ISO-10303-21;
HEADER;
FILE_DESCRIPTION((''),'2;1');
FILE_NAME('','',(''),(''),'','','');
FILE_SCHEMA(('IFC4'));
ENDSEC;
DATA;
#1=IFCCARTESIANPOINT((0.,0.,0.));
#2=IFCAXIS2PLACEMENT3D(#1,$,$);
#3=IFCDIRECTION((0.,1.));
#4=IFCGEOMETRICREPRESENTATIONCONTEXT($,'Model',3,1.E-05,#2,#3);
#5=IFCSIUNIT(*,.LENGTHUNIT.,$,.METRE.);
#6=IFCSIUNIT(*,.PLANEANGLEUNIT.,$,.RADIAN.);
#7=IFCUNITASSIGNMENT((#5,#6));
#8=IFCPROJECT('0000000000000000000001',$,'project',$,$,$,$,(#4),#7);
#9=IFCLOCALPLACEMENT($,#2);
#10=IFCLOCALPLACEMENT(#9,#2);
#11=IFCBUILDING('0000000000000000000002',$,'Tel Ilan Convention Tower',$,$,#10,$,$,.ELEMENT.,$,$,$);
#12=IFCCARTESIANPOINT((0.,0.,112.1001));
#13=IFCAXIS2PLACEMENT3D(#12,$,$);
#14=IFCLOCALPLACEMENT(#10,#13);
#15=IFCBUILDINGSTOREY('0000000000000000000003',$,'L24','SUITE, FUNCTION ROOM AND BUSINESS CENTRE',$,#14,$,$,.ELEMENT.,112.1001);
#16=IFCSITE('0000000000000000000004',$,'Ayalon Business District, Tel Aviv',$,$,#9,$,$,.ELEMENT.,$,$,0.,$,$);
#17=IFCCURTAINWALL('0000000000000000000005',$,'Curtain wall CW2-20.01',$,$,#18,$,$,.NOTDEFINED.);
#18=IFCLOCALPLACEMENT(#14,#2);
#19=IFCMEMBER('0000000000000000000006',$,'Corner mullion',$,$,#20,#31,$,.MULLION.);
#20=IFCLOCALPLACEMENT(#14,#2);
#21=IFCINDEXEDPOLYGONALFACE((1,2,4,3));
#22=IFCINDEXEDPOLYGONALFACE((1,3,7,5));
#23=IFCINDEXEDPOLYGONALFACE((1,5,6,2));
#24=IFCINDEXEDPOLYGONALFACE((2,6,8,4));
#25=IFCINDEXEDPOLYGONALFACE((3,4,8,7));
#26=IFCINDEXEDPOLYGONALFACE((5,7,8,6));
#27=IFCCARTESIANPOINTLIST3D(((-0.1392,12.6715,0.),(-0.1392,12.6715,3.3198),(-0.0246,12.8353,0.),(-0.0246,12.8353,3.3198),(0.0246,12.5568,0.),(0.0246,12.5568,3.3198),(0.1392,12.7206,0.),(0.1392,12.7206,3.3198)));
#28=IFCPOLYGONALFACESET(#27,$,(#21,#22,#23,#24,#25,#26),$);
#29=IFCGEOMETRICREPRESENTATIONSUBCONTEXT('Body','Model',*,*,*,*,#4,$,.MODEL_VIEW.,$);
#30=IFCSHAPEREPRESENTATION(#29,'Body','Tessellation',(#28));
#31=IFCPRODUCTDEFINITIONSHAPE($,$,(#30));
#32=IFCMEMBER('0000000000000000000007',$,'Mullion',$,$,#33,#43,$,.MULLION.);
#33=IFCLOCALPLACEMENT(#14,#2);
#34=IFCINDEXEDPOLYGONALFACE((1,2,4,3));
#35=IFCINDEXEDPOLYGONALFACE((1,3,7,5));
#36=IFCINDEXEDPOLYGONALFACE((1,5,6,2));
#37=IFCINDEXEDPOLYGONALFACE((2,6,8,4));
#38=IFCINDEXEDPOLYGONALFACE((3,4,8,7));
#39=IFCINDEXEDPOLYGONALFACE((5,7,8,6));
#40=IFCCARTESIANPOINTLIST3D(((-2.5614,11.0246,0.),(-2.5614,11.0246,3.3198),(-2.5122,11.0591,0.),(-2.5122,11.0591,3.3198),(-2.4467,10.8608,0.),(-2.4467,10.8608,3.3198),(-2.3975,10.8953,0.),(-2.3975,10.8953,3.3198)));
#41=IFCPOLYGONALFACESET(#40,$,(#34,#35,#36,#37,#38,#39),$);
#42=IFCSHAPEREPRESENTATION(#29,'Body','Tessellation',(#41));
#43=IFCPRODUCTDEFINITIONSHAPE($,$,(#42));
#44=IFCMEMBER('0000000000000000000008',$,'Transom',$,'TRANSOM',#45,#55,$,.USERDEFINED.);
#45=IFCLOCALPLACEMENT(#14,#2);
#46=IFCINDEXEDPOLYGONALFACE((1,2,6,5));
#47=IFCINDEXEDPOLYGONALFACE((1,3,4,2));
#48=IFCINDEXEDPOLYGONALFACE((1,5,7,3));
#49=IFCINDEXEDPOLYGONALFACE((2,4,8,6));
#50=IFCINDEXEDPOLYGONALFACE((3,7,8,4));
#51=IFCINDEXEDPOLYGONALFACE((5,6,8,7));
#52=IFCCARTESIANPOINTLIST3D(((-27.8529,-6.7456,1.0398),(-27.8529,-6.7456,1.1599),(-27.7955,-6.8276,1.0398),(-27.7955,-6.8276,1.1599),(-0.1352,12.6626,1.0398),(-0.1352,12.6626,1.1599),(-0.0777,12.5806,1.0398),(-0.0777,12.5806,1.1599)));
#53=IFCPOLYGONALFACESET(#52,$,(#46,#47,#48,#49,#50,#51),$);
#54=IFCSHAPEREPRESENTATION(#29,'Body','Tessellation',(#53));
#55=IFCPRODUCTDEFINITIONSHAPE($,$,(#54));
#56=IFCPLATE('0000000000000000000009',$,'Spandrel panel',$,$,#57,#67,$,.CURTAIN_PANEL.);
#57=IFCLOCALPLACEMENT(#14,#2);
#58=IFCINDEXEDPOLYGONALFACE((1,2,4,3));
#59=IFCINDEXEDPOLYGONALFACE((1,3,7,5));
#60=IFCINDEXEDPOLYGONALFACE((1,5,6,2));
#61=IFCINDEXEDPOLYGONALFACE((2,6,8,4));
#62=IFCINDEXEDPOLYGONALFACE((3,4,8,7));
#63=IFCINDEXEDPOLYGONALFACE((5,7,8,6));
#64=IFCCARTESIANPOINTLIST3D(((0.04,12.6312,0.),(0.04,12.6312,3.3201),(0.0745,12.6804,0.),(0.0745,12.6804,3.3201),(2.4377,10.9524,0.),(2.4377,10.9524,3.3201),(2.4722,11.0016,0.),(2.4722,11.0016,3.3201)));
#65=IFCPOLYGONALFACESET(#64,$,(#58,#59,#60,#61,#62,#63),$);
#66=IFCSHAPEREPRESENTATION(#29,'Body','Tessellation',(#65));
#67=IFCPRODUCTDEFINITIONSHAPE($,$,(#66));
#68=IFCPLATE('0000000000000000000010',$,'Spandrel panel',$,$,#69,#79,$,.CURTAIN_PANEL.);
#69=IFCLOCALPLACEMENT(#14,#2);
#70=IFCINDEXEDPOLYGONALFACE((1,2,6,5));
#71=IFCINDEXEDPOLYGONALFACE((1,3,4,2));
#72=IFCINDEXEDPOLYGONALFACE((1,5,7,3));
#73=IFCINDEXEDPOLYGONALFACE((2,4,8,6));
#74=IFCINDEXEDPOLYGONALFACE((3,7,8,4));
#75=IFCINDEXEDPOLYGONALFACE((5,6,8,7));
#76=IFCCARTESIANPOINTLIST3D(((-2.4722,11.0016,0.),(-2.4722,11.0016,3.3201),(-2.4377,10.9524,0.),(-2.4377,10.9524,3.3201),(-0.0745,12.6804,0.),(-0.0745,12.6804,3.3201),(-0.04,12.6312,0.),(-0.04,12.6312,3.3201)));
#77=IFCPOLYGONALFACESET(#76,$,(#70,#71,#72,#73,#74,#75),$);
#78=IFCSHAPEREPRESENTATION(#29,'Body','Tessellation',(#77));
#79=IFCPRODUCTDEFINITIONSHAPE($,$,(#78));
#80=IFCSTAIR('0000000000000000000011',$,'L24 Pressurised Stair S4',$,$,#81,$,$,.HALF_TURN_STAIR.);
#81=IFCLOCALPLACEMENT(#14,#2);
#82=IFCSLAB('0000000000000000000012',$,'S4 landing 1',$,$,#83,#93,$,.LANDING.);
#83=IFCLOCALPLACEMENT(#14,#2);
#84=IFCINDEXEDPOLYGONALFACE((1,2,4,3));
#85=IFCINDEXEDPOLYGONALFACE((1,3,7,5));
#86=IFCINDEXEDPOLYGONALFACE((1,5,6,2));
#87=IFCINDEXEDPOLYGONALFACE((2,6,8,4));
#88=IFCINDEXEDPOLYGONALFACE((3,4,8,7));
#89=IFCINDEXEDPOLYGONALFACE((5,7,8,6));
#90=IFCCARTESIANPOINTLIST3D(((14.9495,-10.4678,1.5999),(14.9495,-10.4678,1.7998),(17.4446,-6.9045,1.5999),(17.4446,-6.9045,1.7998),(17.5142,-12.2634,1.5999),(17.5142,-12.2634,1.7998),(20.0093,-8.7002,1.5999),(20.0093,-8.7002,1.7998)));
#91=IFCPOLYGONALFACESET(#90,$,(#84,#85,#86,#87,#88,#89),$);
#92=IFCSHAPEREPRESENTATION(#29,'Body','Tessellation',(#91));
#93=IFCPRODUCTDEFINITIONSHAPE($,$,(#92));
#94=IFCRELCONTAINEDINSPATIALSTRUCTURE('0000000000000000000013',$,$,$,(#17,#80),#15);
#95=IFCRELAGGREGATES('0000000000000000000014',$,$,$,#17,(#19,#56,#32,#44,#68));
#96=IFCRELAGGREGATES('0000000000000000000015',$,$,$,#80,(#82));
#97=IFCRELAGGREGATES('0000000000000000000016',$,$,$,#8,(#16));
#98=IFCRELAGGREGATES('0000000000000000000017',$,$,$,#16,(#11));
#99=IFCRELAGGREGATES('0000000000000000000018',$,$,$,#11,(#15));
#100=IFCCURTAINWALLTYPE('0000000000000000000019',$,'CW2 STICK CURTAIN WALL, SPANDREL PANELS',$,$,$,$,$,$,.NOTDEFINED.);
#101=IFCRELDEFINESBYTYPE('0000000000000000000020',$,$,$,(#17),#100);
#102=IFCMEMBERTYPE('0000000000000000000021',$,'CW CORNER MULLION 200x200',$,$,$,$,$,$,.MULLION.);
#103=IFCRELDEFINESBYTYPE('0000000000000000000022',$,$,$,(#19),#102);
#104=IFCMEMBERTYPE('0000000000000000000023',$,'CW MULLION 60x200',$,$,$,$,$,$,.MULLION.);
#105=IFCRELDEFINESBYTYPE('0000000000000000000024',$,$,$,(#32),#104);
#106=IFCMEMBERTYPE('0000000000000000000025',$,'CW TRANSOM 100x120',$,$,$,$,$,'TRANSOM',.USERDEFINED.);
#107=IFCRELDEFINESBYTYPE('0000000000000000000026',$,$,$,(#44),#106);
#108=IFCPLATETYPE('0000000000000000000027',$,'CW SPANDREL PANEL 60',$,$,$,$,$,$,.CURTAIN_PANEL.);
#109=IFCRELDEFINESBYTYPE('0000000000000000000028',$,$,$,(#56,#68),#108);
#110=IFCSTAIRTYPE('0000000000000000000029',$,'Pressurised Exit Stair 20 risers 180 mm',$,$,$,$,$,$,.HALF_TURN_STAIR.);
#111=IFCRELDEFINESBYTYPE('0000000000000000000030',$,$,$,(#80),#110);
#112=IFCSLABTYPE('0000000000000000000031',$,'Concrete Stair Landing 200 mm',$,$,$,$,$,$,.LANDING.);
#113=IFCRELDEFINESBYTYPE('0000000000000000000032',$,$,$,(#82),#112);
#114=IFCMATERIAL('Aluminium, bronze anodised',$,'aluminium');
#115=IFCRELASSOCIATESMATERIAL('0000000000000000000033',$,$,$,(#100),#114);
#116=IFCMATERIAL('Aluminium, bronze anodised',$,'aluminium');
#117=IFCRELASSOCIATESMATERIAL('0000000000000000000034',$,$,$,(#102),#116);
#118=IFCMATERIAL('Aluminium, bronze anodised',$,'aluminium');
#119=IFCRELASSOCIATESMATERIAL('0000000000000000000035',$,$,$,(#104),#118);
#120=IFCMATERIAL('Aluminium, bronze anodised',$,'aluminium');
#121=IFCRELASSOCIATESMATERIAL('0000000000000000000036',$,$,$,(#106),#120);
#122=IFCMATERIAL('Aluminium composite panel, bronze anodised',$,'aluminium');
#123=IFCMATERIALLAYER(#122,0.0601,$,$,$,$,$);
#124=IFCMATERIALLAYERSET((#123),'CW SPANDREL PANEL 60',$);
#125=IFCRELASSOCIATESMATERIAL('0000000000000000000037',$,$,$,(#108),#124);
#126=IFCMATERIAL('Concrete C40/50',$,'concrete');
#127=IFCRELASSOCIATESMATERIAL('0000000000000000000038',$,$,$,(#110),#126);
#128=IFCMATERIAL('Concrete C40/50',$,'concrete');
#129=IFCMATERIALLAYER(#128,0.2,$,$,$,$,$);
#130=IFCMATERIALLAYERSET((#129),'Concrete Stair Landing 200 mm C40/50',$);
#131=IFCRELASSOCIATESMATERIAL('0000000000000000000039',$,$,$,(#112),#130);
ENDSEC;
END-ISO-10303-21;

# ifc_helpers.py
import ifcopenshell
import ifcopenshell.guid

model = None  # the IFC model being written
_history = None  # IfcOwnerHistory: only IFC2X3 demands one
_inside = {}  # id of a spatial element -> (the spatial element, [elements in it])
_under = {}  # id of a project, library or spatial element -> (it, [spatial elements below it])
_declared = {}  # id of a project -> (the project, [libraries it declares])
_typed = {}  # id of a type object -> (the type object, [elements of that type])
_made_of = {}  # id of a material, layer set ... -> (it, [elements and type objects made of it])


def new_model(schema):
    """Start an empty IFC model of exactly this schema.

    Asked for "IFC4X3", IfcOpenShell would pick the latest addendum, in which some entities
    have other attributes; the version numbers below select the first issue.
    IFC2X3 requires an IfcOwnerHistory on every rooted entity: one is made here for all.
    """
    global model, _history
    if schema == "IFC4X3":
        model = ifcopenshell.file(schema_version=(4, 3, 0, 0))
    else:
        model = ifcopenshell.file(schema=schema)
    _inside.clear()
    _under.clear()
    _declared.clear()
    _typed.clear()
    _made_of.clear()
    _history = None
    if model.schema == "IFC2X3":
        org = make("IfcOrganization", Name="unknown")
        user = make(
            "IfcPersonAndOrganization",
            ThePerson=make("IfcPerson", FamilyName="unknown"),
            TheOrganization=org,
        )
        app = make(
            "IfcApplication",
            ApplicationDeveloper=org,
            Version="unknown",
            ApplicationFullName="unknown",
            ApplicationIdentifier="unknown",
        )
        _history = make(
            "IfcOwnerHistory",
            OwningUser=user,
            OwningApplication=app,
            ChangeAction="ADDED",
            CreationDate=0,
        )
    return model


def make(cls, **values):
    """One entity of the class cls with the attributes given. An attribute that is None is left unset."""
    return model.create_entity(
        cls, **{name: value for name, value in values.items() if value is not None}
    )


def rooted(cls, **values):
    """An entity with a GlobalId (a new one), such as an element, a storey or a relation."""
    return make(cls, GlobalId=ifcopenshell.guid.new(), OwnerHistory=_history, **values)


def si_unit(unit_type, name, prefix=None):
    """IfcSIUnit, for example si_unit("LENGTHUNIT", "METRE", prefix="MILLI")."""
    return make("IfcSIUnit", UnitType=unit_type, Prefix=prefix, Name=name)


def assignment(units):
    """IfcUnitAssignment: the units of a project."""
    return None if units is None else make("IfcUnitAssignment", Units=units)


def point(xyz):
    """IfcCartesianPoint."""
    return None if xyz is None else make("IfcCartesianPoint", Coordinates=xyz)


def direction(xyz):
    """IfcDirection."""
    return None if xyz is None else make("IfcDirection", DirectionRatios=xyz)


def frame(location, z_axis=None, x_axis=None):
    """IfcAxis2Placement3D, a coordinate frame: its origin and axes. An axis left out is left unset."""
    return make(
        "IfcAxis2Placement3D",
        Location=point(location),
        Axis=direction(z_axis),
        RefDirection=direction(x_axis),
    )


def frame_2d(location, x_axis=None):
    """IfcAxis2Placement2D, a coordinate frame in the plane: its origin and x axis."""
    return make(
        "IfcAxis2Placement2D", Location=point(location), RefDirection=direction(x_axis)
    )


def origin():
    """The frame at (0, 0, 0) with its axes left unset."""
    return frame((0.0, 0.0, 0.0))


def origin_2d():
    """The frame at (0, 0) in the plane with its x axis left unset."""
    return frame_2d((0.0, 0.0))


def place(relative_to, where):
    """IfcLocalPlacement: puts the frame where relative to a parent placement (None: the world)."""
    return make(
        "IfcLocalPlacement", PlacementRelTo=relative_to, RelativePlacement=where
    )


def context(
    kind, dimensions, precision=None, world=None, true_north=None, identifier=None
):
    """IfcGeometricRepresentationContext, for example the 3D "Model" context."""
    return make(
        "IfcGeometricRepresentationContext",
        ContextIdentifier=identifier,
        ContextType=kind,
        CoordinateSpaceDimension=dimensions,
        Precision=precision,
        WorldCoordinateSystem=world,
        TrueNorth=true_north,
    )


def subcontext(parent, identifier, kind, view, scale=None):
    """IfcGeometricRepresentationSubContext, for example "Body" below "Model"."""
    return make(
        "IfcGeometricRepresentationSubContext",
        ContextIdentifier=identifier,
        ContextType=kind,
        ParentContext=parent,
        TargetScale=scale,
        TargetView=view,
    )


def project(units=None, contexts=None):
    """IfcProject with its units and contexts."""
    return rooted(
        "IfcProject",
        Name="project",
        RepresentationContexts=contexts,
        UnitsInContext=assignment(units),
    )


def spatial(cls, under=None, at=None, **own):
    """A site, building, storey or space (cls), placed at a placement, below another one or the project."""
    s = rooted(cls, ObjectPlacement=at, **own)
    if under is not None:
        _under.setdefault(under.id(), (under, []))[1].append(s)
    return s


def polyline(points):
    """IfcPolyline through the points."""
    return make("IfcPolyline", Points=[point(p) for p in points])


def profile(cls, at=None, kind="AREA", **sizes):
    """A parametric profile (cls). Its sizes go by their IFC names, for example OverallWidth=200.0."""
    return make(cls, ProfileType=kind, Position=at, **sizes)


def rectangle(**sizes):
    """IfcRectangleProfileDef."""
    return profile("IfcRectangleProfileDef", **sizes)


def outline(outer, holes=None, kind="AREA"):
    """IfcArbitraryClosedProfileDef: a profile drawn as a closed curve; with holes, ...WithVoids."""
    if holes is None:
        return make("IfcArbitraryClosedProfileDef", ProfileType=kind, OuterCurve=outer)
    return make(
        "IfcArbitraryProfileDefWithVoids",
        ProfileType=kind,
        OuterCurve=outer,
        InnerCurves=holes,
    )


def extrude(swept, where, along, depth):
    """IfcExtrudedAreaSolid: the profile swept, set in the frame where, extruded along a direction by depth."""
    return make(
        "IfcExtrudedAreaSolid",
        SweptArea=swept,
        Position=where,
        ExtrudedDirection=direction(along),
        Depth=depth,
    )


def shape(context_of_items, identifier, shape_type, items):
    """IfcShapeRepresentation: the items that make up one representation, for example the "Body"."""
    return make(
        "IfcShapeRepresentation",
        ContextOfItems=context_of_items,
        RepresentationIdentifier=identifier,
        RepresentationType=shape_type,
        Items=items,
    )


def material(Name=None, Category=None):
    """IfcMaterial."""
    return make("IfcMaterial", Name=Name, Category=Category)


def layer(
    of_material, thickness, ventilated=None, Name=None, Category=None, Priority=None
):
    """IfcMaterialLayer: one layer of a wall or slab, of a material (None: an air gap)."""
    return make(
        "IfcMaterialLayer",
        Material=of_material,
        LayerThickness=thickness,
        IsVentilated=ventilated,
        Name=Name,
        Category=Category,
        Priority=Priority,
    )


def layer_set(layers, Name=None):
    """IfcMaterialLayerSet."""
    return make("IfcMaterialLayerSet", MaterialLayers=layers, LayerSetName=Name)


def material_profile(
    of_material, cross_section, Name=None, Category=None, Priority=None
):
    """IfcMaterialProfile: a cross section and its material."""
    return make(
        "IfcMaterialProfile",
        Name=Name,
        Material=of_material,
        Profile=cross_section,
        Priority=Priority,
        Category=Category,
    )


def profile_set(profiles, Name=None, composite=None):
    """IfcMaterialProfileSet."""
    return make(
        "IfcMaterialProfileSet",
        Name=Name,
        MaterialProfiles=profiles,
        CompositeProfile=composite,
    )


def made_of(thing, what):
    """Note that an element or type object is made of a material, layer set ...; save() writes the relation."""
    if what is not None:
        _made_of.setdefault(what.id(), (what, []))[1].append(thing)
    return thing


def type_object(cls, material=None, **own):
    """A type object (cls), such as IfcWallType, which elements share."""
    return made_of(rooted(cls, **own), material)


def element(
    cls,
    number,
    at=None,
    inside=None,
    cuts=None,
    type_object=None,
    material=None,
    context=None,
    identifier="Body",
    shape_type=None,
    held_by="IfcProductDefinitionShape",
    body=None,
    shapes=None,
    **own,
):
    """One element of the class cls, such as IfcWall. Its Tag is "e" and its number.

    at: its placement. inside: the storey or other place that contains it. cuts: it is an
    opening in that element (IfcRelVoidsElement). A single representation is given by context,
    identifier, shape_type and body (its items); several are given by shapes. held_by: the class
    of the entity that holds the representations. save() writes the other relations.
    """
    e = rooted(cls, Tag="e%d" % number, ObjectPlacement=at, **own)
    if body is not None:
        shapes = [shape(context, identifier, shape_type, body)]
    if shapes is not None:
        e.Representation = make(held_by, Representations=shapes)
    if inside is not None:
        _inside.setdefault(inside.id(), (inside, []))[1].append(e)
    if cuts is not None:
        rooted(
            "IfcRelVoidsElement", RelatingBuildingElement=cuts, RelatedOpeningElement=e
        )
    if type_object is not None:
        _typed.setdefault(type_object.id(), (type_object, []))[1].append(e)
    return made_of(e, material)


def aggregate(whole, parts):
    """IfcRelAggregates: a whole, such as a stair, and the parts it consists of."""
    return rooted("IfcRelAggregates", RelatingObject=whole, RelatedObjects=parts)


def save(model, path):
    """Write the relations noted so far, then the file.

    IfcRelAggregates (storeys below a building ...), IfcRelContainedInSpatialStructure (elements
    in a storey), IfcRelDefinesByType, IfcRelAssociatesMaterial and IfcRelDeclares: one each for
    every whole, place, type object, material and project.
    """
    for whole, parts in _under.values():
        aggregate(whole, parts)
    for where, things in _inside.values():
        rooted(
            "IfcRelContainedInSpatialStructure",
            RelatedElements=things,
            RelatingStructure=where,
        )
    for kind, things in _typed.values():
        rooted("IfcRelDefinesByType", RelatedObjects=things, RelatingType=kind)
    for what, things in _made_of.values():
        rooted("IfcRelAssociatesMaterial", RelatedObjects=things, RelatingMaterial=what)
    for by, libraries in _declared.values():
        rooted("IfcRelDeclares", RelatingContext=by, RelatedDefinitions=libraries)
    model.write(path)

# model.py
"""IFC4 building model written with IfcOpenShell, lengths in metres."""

from ifc_helpers import new_model, si_unit, direction, frame, origin, origin_2d, place, context, subcontext, project, spatial, polyline, rectangle, outline, extrude, material, layer, layer_set, material_profile, profile_set, type_object, element, aggregate, save


model = new_model("IFC4")

# Units and contexts
model_context = context("Model", 3, precision=1e-05, world=origin(), true_north=direction((0.0, 1.0)))
body_context = subcontext(model_context, "Body", "Model", "MODEL_VIEW")
ifc_project = project(units=[si_unit("LENGTHUNIT", "METRE"), si_unit("PLANEANGLEUNIT", "RADIAN")], contexts=[model_context])

# Site, building, storey
site_placement = place(None, origin())
site = spatial("IfcSite", under=ifc_project, at=site_placement, Name="Ayalon Business District, Tel Aviv", CompositionType="ELEMENT", RefElevation=0.0)
building_placement = place(site_placement, origin())
building = spatial("IfcBuilding", under=site, at=building_placement, Name="Tel Ilan Convention Tower", CompositionType="ELEMENT")
storey_placement = place(building_placement, frame((0.0, 0.0, 112.1001)))
storey = spatial("IfcBuildingStorey", under=building, at=storey_placement, Name="L24", Description="SUITE, FUNCTION ROOM AND BUSINESS CENTRE", CompositionType="ELEMENT", Elevation=112.1001)

# Curtain wall, members, plates
ifc_material_1 = material(Name="Aluminium, bronze anodised", Category="aluminium")
curtain_wall_type = type_object("IfcCurtainWallType", Name="CW2 STICK CURTAIN WALL, SPANDREL PANELS", PredefinedType="NOTDEFINED", material=ifc_material_1)
curtain_wall_placement = place(storey_placement, origin())
curtain_wall = element("IfcCurtainWall", 1, at=curtain_wall_placement, inside=storey, type_object=curtain_wall_type, Name="Curtain wall CW2-20.01", PredefinedType="NOTDEFINED")
ifc_material_2 = material(Name="Aluminium, bronze anodised", Category="aluminium")
ifc_material_profile_1 = material_profile(ifc_material_2, rectangle(XDim=0.2, YDim=0.2, at=origin_2d()), Name="CW CORNER MULLION 200x200")
ifc_profile_set_1 = profile_set([ifc_material_profile_1], Name="Aluminium, bronze anodised")
member_type_1 = type_object("IfcMemberType", Name="CW CORNER MULLION 200x200", PredefinedType="MULLION", material=ifc_profile_set_1)
member_1_placement = place(storey_placement, frame((0.0, 12.696, 0.0), z_axis=(0.0, 0.0, 1.0), x_axis=(-0.819152, 0.573576, 0.0)))
member_1 = element("IfcMember", 2, at=member_1_placement, type_object=member_type_1, Name="Corner mullion", PredefinedType="MULLION", context=body_context, shape_type="SweptSolid", body=[
    extrude(rectangle(XDim=0.2, YDim=0.2, at=origin_2d()), origin(), (0.0, 0.0, 1.0), 3.3198),
])
ifc_material_3 = material(Name="Aluminium, bronze anodised", Category="aluminium")
ifc_material_profile_2 = material_profile(ifc_material_3, rectangle(XDim=0.0601, YDim=0.2, at=origin_2d()), Name="CW MULLION 60x200")
ifc_profile_set_2 = profile_set([ifc_material_profile_2], Name="Aluminium, bronze anodised")
member_type_2 = type_object("IfcMemberType", Name="CW MULLION 60x200", PredefinedType="MULLION", material=ifc_profile_set_2)
member_2_placement = place(storey_placement, frame((-2.4795, 10.96, 0.0), z_axis=(0.0, 0.0, 1.0), x_axis=(-0.819152, -0.573576, 0.0)))
member_2 = element("IfcMember", 3, at=member_2_placement, type_object=member_type_2, Name="Mullion", PredefinedType="MULLION", context=body_context, shape_type="SweptSolid", body=[
    extrude(rectangle(XDim=0.0601, YDim=0.2, at=origin_2d()), origin(), (0.0, 0.0, 1.0), 3.3198),
])
ifc_material_4 = material(Name="Aluminium, bronze anodised", Category="aluminium")
ifc_material_profile_3 = material_profile(ifc_material_4, rectangle(XDim=0.1001, YDim=0.1201, at=origin_2d()), Name="CW TRANSOM 100x120")
ifc_profile_set_3 = profile_set([ifc_material_profile_3], Name="Aluminium, bronze anodised")
member_type_3 = type_object("IfcMemberType", Name="CW TRANSOM 100x120", ElementType="TRANSOM", PredefinedType="USERDEFINED", material=ifc_profile_set_3)
member_3_placement = place(storey_placement, frame((-0.1064, 12.6216, 1.0999), z_axis=(-0.819152, -0.573577, 0.0), x_axis=(0.573577, -0.819152, 0.0)))
member_3 = element("IfcMember", 4, at=member_3_placement, type_object=member_type_3, Name="Transom", ObjectType="TRANSOM", PredefinedType="USERDEFINED", context=body_context, shape_type="SweptSolid", body=[
    extrude(rectangle(XDim=0.1001, YDim=0.1201, at=origin_2d()), origin(), (0.0, 0.0, 1.0), 33.8372),
])
ifc_material_5 = material(Name="Aluminium composite panel, bronze anodised", Category="aluminium")
ifc_layer_1 = layer(ifc_material_5, 0.0601)
ifc_layer_set_1 = layer_set([ifc_layer_1], Name="CW SPANDREL PANEL 60")
plate_type = type_object("IfcPlateType", Name="CW SPANDREL PANEL 60", PredefinedType="CURTAIN_PANEL", material=ifc_layer_set_1)
plate_1_placement = place(storey_placement, frame((1.2561, 11.8164, 0.0), z_axis=(0.0, 0.0, 1.0), x_axis=(-0.819152, 0.573576, 0.0)))
plate_1 = element("IfcPlate", 5, at=plate_1_placement, type_object=plate_type, Name="Spandrel panel", PredefinedType="CURTAIN_PANEL", context=body_context, shape_type="SweptSolid", body=[
    extrude(rectangle(XDim=2.927, YDim=0.0601, at=origin_2d()), origin(), (0.0, 0.0, 1.0), 3.3201),
])
plate_2_placement = place(storey_placement, frame((-1.2561, 11.8164, 0.0), z_axis=(0.0, 0.0, 1.0), x_axis=(-0.819152, -0.573576, 0.0)))
plate_2 = element("IfcPlate", 6, at=plate_2_placement, type_object=plate_type, Name="Spandrel panel", PredefinedType="CURTAIN_PANEL", context=body_context, shape_type="SweptSolid", body=[
    extrude(rectangle(XDim=2.927, YDim=0.0601, at=origin_2d()), origin(), (0.0, 0.0, 1.0), 3.3201),
])
aggregate(curtain_wall, [member_1, plate_1, member_2, member_3, plate_2])

# Stair, slab
ifc_material_6 = material(Name="Concrete C40/50", Category="concrete")
stair_type = type_object("IfcStairType", Name="Pressurised Exit Stair 20 risers 180 mm", PredefinedType="HALF_TURN_STAIR", material=ifc_material_6)
stair_placement = place(storey_placement, origin())
stair = element("IfcStair", 7, at=stair_placement, inside=storey, type_object=stair_type, Name="L24 Pressurised Stair S4", PredefinedType="HALF_TURN_STAIR")
ifc_material_7 = material(Name="Concrete C40/50", Category="concrete")
ifc_layer_2 = layer(ifc_material_7, 0.2)
ifc_layer_set_2 = layer_set([ifc_layer_2], Name="Concrete Stair Landing 200 mm C40/50")
slab_type_1 = type_object("IfcSlabType", Name="Concrete Stair Landing 200 mm", PredefinedType="LANDING", material=ifc_layer_set_2)
slab_1_placement = place(storey_placement, frame((0.0, 0.0, 1.5999)))
slab_1 = element("IfcSlab", 8, at=slab_1_placement, type_object=slab_type_1, Name="S4 landing 1", PredefinedType="LANDING", context=body_context, shape_type="SweptSolid", body=[
    extrude(outline(polyline([(20.0093, -8.7002), (17.4446, -6.9045), (14.9495, -10.4678), (17.5142, -12.2634), (20.0093, -8.7002)])), origin(), (0.0, 0.0, 1.0), 0.2),
])
aggregate(stair, [slab_1])

save(model, "model.ifc")
